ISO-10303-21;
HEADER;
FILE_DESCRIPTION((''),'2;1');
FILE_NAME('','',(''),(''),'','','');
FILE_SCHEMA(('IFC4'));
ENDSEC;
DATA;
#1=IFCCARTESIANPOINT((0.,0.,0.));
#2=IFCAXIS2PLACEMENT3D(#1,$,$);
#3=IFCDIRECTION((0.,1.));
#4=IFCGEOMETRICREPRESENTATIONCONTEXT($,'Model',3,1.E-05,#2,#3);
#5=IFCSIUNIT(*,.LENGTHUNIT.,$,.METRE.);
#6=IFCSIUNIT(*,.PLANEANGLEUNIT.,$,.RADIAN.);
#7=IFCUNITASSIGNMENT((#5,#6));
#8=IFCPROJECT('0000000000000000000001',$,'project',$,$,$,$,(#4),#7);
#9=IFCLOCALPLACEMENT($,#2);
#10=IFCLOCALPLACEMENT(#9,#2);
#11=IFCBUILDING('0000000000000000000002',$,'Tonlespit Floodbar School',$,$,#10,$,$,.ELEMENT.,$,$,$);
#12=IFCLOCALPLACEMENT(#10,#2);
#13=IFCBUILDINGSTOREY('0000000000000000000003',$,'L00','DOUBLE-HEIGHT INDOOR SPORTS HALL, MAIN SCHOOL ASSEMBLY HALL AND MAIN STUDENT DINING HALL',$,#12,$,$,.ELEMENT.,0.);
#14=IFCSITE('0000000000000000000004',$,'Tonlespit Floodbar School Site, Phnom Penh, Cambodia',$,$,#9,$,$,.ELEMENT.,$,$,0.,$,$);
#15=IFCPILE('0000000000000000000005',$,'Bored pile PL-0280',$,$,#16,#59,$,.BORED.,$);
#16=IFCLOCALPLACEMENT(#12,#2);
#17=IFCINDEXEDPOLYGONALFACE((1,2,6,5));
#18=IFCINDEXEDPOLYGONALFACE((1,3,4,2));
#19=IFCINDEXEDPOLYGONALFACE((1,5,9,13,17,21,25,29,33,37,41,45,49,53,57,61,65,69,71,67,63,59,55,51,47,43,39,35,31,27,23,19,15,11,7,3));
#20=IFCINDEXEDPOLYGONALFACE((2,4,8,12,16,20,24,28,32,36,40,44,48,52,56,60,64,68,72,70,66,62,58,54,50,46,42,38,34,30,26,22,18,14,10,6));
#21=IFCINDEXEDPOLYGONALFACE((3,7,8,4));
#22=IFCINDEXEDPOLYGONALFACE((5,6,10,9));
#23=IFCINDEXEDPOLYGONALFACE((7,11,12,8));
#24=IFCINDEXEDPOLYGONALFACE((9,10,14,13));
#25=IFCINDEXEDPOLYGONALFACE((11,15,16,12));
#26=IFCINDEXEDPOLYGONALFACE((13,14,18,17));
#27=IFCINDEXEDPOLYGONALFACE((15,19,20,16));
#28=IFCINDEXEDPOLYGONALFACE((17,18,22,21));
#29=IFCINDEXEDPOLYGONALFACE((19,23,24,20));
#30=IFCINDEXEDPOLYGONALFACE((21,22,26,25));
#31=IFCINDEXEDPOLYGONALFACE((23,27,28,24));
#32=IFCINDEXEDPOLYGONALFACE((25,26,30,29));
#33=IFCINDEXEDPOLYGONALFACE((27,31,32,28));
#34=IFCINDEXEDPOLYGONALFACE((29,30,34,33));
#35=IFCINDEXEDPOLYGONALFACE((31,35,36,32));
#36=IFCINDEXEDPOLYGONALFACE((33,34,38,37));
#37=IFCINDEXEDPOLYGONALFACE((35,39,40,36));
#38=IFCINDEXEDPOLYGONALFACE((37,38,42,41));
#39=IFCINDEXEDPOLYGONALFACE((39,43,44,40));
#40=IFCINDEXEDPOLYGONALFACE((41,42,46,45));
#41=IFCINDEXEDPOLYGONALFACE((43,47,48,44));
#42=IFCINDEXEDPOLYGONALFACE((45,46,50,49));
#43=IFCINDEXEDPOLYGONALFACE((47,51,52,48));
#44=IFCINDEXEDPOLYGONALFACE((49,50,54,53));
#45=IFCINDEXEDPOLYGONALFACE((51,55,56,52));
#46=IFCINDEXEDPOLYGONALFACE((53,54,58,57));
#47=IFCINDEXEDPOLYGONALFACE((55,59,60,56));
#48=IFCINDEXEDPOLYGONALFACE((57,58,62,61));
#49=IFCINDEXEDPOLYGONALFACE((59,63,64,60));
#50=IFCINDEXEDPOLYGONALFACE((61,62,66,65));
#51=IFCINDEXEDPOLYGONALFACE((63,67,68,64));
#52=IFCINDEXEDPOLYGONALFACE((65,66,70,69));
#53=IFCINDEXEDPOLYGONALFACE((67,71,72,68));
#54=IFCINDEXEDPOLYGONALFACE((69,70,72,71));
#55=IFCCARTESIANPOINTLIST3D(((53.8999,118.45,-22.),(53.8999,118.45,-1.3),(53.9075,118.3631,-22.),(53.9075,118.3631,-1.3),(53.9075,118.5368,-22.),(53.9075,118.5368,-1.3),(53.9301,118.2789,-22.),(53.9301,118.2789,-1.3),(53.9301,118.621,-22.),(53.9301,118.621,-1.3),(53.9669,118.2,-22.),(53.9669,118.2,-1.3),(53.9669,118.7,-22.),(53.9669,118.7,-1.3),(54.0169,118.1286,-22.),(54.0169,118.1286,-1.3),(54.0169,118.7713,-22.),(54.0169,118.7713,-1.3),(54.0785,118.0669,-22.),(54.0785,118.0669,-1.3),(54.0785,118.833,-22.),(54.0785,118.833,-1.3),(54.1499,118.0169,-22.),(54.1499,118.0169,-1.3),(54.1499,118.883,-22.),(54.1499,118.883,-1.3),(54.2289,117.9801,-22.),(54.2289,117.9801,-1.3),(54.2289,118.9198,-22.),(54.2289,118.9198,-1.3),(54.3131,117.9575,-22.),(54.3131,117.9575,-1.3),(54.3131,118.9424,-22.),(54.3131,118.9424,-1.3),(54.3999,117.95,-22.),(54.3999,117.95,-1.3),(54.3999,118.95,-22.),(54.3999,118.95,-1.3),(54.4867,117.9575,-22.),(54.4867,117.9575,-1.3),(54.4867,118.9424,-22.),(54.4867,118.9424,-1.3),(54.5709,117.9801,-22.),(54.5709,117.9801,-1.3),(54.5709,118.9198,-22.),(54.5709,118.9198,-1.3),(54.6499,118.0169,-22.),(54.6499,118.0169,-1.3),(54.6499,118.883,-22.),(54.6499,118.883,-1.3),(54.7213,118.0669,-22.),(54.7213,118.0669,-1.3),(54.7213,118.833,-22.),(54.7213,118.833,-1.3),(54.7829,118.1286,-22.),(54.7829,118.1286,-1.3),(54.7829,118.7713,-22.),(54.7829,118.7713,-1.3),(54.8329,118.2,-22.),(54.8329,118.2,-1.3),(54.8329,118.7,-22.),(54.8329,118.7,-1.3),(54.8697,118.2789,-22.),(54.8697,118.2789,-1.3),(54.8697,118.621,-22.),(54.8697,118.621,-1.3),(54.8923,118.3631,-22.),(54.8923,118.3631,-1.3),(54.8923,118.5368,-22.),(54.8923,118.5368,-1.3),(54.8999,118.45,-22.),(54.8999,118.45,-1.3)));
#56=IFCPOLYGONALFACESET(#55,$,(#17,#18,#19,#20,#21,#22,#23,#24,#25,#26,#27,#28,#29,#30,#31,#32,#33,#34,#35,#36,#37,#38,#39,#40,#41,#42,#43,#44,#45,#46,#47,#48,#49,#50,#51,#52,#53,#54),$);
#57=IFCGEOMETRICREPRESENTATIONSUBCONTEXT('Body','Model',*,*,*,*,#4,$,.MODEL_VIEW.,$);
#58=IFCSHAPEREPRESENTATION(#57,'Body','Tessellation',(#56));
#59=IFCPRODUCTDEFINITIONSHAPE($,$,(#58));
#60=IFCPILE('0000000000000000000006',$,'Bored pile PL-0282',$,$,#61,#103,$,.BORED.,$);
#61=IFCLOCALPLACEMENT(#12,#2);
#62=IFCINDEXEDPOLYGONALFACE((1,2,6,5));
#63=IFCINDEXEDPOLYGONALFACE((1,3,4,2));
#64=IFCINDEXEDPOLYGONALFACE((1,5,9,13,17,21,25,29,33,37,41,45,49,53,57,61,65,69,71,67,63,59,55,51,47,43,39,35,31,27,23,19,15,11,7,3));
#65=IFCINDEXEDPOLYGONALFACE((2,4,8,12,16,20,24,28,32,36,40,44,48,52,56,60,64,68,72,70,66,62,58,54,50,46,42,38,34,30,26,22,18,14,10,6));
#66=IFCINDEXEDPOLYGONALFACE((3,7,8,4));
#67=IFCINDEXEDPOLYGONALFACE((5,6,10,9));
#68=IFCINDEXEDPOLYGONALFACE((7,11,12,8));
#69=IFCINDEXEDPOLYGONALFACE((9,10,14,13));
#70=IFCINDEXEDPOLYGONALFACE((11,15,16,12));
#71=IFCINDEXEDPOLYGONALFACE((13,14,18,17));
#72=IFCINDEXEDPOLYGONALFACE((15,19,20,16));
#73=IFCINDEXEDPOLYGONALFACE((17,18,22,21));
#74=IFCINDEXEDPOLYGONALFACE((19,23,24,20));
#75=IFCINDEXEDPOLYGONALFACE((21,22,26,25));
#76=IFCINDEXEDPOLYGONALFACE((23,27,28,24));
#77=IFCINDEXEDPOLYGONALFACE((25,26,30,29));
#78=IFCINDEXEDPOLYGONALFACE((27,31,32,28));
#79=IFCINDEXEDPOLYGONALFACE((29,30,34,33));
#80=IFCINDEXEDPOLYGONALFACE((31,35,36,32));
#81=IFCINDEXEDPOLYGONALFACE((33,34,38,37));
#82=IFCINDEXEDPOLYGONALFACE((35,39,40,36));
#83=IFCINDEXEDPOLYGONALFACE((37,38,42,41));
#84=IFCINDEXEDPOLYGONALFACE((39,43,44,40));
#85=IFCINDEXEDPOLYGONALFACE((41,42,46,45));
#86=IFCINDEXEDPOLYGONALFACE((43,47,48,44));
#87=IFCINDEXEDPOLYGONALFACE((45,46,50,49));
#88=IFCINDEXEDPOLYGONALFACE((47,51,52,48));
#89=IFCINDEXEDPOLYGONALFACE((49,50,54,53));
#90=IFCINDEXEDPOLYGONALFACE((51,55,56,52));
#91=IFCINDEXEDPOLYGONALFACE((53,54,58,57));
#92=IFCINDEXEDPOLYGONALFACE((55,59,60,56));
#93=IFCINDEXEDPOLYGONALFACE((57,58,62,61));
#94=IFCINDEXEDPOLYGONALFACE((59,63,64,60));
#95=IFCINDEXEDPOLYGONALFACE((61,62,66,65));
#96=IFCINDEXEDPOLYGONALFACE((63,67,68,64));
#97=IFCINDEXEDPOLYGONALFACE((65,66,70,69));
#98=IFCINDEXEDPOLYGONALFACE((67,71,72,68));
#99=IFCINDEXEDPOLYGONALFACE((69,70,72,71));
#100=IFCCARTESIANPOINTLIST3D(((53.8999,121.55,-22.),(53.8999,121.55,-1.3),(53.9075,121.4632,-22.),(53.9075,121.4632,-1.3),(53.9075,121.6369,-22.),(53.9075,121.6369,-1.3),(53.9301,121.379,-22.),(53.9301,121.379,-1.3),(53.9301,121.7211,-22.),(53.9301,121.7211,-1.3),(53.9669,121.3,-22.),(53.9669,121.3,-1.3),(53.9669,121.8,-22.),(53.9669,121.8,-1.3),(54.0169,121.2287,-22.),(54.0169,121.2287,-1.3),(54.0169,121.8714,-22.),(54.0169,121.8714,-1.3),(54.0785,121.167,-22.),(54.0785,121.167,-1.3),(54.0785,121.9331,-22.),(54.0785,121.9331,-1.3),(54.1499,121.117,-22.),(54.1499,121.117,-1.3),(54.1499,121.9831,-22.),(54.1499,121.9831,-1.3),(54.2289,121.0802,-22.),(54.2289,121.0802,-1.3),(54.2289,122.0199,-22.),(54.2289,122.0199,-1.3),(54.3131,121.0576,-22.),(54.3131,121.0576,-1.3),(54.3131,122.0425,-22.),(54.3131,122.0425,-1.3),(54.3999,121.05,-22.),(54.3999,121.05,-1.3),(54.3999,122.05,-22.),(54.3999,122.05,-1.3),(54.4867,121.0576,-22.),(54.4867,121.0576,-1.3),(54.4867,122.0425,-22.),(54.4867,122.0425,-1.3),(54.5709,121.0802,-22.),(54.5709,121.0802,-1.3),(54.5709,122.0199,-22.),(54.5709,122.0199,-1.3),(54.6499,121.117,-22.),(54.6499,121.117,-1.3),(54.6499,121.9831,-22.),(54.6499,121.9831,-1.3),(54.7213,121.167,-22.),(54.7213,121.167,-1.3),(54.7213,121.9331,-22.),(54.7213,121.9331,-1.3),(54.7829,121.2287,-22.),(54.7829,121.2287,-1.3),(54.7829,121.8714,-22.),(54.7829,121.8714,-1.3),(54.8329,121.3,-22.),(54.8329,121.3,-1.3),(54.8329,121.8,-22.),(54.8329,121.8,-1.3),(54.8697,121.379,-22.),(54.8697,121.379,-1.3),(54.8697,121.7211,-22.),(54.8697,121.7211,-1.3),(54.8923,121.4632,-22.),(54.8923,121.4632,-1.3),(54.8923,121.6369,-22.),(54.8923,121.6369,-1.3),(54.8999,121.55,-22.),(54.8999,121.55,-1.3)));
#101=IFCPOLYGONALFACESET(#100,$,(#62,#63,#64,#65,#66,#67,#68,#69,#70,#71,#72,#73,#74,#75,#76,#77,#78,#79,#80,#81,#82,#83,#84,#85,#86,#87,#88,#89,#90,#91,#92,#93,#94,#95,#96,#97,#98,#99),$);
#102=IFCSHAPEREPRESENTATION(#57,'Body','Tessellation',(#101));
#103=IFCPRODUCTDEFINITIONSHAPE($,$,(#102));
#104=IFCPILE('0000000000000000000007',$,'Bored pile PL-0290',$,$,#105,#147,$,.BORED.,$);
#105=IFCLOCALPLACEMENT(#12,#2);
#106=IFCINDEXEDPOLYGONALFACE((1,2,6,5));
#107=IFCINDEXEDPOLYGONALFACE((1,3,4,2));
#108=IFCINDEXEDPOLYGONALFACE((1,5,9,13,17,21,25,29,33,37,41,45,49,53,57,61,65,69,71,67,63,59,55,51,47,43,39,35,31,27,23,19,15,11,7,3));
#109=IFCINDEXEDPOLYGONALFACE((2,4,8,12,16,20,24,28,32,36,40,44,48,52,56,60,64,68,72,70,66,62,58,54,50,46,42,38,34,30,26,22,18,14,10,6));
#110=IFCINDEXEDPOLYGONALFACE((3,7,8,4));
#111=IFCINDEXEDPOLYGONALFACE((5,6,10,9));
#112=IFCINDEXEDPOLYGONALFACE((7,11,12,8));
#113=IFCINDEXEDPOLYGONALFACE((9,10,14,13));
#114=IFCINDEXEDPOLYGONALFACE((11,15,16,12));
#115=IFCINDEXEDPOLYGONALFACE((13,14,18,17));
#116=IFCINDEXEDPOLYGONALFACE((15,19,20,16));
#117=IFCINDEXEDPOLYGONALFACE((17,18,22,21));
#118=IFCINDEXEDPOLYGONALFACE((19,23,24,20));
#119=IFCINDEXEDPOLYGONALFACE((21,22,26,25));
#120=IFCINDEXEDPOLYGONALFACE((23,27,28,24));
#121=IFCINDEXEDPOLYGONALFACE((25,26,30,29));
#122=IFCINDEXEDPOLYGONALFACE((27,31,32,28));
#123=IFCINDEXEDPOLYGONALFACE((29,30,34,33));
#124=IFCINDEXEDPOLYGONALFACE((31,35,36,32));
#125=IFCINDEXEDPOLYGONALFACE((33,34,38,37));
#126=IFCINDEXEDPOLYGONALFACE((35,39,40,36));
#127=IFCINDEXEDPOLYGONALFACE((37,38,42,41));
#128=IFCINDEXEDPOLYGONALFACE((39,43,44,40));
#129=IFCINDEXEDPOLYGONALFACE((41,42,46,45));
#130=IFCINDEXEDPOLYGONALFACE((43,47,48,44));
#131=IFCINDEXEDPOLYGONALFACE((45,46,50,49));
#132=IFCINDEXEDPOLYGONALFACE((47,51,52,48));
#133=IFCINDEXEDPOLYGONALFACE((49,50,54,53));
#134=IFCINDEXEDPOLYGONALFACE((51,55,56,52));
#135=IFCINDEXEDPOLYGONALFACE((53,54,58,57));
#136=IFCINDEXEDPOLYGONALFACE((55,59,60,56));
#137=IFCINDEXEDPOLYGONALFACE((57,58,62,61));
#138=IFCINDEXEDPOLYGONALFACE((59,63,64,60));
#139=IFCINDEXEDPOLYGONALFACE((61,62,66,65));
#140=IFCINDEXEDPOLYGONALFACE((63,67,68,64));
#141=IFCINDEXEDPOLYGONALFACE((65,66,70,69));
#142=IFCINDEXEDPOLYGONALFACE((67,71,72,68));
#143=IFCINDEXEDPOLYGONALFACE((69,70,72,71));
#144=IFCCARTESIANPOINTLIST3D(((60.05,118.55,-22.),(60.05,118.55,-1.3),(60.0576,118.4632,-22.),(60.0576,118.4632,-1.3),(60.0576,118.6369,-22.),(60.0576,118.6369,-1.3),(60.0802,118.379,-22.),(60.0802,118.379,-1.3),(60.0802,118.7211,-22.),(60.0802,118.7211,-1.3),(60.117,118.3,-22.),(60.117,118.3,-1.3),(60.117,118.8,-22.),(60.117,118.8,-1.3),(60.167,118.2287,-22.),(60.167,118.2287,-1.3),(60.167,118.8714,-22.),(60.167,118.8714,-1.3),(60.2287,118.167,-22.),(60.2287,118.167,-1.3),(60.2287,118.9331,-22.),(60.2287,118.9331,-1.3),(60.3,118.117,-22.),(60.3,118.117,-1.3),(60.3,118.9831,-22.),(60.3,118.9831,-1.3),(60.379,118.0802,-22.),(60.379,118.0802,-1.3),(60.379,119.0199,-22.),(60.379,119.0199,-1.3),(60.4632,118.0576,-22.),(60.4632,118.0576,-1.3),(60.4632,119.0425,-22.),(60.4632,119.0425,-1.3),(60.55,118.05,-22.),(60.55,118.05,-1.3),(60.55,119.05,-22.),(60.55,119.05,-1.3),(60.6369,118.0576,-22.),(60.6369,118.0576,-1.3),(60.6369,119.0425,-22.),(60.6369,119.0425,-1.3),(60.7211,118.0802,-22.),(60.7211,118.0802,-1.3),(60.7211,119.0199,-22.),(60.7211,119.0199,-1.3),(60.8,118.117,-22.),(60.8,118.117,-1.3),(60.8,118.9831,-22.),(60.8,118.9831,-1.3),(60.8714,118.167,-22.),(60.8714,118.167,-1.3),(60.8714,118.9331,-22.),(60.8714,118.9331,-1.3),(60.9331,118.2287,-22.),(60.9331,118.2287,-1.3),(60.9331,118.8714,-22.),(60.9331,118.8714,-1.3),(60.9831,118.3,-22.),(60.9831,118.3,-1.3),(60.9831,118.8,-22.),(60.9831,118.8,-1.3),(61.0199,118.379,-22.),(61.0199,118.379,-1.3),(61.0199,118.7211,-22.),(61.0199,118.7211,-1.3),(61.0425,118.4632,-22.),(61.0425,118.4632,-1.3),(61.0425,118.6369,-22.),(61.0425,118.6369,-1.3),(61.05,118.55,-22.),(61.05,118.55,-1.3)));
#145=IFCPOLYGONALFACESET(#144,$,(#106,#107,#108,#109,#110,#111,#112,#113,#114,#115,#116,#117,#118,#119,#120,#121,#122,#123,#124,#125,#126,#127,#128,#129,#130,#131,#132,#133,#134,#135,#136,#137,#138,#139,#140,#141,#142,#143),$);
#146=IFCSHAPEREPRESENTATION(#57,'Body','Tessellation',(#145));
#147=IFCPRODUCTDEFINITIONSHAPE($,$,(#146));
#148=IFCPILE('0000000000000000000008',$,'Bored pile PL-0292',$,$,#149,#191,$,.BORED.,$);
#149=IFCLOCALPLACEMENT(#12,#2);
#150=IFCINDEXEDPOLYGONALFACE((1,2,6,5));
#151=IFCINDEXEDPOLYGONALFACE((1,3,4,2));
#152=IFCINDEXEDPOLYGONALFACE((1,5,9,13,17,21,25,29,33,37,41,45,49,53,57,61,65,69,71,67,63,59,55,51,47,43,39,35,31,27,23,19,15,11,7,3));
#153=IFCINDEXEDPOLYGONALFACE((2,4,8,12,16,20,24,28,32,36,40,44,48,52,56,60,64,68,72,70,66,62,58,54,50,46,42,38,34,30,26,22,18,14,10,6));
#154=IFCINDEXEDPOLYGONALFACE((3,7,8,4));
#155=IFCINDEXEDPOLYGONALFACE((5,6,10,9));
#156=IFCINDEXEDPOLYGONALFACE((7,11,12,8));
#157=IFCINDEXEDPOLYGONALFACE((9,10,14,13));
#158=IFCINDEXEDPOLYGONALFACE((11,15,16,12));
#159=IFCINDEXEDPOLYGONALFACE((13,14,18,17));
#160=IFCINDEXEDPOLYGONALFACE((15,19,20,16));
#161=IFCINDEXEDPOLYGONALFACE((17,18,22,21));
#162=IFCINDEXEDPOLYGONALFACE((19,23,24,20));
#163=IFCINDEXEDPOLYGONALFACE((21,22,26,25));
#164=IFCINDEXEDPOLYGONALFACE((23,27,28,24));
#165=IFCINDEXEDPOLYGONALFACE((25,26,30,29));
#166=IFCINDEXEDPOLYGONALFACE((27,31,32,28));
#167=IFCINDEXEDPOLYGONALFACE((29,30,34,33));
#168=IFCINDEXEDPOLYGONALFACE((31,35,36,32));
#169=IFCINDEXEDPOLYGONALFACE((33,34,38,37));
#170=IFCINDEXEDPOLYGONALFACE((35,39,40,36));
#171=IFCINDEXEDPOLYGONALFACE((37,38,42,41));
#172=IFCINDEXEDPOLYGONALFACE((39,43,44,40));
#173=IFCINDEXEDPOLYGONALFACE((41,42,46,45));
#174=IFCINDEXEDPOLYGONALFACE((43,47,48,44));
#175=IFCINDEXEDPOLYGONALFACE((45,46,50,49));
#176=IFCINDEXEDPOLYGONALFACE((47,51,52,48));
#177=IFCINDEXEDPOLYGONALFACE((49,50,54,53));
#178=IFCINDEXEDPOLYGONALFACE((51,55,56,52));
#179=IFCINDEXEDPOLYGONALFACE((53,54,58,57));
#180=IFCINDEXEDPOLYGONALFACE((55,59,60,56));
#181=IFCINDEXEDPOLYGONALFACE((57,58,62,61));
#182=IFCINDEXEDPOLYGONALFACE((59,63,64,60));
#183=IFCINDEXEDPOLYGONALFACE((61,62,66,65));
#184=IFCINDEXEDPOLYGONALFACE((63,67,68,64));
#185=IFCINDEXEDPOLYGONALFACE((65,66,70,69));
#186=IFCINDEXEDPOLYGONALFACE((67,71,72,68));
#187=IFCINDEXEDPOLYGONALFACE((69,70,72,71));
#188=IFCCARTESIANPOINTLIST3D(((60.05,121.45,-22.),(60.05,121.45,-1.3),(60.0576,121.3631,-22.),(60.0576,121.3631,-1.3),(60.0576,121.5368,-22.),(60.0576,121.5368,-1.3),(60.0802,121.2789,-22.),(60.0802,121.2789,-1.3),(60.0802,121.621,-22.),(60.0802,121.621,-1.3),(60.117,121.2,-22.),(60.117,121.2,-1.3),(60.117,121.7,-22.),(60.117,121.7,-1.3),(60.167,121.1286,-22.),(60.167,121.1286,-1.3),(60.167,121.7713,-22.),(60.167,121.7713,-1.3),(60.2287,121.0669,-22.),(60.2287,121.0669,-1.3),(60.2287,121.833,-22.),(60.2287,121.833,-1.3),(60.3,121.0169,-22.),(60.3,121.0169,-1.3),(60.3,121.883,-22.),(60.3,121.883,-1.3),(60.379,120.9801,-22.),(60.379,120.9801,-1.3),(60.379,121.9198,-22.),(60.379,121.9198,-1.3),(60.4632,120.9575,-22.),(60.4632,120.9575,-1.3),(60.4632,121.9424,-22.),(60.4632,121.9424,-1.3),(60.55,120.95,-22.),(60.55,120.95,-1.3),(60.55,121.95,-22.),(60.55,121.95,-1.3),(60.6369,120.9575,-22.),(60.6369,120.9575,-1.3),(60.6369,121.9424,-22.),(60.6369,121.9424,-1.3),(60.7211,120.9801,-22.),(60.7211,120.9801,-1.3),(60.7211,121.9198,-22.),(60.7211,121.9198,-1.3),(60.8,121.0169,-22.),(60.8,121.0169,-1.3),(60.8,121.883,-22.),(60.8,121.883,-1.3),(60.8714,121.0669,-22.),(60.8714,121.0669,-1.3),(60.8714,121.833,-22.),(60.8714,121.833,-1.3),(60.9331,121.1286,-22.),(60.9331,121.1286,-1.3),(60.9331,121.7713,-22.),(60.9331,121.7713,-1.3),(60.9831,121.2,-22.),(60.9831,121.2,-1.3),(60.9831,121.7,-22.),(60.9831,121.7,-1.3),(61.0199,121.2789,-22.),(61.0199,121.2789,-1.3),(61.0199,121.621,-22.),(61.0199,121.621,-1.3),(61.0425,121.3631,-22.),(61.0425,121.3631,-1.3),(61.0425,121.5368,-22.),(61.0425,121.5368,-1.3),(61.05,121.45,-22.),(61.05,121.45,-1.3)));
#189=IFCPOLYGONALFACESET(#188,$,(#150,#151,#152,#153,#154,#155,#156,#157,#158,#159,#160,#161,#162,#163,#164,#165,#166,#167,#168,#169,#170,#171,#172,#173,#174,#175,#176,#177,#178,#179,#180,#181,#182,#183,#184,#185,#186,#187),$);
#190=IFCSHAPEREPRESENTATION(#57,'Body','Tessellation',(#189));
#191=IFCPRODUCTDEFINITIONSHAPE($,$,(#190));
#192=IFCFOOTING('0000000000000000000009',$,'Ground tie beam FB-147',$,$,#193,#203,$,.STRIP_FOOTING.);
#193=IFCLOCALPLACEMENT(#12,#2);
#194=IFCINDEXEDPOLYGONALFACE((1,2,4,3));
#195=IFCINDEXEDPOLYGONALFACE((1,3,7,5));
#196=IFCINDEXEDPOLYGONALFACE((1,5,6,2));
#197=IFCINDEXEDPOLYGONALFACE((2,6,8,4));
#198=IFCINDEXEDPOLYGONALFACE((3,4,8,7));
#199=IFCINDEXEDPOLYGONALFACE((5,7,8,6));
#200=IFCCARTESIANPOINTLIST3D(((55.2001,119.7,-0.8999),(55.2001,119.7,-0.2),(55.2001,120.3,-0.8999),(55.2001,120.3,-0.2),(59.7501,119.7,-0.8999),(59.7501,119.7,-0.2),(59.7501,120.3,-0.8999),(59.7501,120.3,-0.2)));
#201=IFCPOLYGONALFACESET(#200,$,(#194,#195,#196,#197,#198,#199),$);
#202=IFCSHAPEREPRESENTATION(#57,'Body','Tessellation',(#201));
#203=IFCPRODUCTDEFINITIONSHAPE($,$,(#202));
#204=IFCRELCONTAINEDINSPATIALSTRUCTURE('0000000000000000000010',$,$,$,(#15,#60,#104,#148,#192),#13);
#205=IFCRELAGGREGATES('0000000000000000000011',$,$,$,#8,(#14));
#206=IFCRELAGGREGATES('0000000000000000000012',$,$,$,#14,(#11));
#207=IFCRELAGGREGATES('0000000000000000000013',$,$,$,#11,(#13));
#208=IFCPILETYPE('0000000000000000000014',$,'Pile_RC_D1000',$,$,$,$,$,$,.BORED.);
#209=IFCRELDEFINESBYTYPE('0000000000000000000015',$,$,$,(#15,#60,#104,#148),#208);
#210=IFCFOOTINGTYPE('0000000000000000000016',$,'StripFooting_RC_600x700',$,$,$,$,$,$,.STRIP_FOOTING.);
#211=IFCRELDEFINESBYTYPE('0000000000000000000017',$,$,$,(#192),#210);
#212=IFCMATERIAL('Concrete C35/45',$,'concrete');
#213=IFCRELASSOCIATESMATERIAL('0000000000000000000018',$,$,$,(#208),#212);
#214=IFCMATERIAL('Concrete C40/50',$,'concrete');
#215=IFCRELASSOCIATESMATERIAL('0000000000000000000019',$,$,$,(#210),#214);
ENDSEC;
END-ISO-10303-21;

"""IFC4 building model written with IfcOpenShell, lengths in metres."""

from ifc_helpers import new_model, si_unit, direction, frame, origin, origin_2d, place, context, subcontext, project, spatial, rectangle, circle, extrude, material, material_profile, profile_set, type_object, element, save


model = new_model("IFC4")

# Units and contexts
model_context = context("Model", 3, precision=1e-05, world=origin(), true_north=direction((0.0, 1.0)))
body_context = subcontext(model_context, "Body", "Model", "MODEL_VIEW")
ifc_project = project(units=[si_unit("LENGTHUNIT", "METRE"), si_unit("PLANEANGLEUNIT", "RADIAN")], contexts=[model_context])

# Site, building, storey
site_placement = place(None, origin())
site = spatial("IfcSite", under=ifc_project, at=site_placement, Name="Tonlespit Floodbar School Site, Phnom Penh, Cambodia", CompositionType="ELEMENT", RefElevation=0.0)
building_placement = place(site_placement, origin())
building = spatial("IfcBuilding", under=site, at=building_placement, Name="Tonlespit Floodbar School", CompositionType="ELEMENT")
storey_placement = place(building_placement, origin())
storey = spatial("IfcBuildingStorey", under=building, at=storey_placement, Name="L00", Description="DOUBLE-HEIGHT INDOOR SPORTS HALL, MAIN SCHOOL ASSEMBLY HALL AND MAIN STUDENT DINING HALL", CompositionType="ELEMENT", Elevation=0.0)

# Shared definitions
ifc_material_1 = material(Name="Concrete C40/50", Category="concrete")

# Piles
ifc_material_2 = material(Name="Concrete C35/45", Category="concrete")
ifc_material_profile_1 = material_profile(ifc_material_2, circle(Radius=0.5, at=origin_2d()), Name="BP D1000")
ifc_profile_set_1 = profile_set([ifc_material_profile_1], Name="Concrete C35/45")
pile_type = type_object("IfcPileType", Name="Pile_RC_D1000", PredefinedType="BORED", material=ifc_profile_set_1)
for number, where, z_axis, x_axis, name in (
    (1, (54.3999, 118.45, -1.3), (0.0, 0.0, -1.0), (1.0, 0.0, 0.0), "Bored pile PL-0280"),
    (2, (54.3999, 121.55, -1.3), (0.0, 0.0, -1.0), (1.0, 0.0, 0.0), "Bored pile PL-0282"),
    (3, (60.55, 118.55, -1.3), (0.0, 0.0, -1.0), (1.0, 0.0, 0.0), "Bored pile PL-0290"),
    (4, (60.55, 121.45, -1.3), (0.0, 0.0, -1.0), (1.0, 0.0, 0.0), "Bored pile PL-0292"),
):
    element("IfcPile", number, at=place(storey_placement, frame(where, z_axis=z_axis, x_axis=x_axis)), inside=storey, type_object=pile_type, Name=name, PredefinedType="BORED", context=body_context, shape_type="SweptSolid", body=[
        extrude(circle(Radius=0.5, at=origin_2d()), origin(), (0.0, 0.0, 1.0), 20.7),
    ])

# Footing
footing_type_1 = type_object("IfcFootingType", Name="StripFooting_RC_600x700", PredefinedType="STRIP_FOOTING", material=ifc_material_1)
footing_1_placement = place(storey_placement, frame((57.4751, 120.0, -0.8999), z_axis=(0.0, 0.0, 1.0), x_axis=(1.0, 0.0, 0.0)))
element("IfcFooting", 5, at=footing_1_placement, inside=storey, type_object=footing_type_1, Name="Ground tie beam FB-147", PredefinedType="STRIP_FOOTING", context=body_context, shape_type="SweptSolid", body=[
    extrude(rectangle(XDim=4.55, YDim=0.6001, at=origin_2d()), origin(), (0.0, 0.0, 1.0), 0.7),
])

save(model, "model.ifc")
